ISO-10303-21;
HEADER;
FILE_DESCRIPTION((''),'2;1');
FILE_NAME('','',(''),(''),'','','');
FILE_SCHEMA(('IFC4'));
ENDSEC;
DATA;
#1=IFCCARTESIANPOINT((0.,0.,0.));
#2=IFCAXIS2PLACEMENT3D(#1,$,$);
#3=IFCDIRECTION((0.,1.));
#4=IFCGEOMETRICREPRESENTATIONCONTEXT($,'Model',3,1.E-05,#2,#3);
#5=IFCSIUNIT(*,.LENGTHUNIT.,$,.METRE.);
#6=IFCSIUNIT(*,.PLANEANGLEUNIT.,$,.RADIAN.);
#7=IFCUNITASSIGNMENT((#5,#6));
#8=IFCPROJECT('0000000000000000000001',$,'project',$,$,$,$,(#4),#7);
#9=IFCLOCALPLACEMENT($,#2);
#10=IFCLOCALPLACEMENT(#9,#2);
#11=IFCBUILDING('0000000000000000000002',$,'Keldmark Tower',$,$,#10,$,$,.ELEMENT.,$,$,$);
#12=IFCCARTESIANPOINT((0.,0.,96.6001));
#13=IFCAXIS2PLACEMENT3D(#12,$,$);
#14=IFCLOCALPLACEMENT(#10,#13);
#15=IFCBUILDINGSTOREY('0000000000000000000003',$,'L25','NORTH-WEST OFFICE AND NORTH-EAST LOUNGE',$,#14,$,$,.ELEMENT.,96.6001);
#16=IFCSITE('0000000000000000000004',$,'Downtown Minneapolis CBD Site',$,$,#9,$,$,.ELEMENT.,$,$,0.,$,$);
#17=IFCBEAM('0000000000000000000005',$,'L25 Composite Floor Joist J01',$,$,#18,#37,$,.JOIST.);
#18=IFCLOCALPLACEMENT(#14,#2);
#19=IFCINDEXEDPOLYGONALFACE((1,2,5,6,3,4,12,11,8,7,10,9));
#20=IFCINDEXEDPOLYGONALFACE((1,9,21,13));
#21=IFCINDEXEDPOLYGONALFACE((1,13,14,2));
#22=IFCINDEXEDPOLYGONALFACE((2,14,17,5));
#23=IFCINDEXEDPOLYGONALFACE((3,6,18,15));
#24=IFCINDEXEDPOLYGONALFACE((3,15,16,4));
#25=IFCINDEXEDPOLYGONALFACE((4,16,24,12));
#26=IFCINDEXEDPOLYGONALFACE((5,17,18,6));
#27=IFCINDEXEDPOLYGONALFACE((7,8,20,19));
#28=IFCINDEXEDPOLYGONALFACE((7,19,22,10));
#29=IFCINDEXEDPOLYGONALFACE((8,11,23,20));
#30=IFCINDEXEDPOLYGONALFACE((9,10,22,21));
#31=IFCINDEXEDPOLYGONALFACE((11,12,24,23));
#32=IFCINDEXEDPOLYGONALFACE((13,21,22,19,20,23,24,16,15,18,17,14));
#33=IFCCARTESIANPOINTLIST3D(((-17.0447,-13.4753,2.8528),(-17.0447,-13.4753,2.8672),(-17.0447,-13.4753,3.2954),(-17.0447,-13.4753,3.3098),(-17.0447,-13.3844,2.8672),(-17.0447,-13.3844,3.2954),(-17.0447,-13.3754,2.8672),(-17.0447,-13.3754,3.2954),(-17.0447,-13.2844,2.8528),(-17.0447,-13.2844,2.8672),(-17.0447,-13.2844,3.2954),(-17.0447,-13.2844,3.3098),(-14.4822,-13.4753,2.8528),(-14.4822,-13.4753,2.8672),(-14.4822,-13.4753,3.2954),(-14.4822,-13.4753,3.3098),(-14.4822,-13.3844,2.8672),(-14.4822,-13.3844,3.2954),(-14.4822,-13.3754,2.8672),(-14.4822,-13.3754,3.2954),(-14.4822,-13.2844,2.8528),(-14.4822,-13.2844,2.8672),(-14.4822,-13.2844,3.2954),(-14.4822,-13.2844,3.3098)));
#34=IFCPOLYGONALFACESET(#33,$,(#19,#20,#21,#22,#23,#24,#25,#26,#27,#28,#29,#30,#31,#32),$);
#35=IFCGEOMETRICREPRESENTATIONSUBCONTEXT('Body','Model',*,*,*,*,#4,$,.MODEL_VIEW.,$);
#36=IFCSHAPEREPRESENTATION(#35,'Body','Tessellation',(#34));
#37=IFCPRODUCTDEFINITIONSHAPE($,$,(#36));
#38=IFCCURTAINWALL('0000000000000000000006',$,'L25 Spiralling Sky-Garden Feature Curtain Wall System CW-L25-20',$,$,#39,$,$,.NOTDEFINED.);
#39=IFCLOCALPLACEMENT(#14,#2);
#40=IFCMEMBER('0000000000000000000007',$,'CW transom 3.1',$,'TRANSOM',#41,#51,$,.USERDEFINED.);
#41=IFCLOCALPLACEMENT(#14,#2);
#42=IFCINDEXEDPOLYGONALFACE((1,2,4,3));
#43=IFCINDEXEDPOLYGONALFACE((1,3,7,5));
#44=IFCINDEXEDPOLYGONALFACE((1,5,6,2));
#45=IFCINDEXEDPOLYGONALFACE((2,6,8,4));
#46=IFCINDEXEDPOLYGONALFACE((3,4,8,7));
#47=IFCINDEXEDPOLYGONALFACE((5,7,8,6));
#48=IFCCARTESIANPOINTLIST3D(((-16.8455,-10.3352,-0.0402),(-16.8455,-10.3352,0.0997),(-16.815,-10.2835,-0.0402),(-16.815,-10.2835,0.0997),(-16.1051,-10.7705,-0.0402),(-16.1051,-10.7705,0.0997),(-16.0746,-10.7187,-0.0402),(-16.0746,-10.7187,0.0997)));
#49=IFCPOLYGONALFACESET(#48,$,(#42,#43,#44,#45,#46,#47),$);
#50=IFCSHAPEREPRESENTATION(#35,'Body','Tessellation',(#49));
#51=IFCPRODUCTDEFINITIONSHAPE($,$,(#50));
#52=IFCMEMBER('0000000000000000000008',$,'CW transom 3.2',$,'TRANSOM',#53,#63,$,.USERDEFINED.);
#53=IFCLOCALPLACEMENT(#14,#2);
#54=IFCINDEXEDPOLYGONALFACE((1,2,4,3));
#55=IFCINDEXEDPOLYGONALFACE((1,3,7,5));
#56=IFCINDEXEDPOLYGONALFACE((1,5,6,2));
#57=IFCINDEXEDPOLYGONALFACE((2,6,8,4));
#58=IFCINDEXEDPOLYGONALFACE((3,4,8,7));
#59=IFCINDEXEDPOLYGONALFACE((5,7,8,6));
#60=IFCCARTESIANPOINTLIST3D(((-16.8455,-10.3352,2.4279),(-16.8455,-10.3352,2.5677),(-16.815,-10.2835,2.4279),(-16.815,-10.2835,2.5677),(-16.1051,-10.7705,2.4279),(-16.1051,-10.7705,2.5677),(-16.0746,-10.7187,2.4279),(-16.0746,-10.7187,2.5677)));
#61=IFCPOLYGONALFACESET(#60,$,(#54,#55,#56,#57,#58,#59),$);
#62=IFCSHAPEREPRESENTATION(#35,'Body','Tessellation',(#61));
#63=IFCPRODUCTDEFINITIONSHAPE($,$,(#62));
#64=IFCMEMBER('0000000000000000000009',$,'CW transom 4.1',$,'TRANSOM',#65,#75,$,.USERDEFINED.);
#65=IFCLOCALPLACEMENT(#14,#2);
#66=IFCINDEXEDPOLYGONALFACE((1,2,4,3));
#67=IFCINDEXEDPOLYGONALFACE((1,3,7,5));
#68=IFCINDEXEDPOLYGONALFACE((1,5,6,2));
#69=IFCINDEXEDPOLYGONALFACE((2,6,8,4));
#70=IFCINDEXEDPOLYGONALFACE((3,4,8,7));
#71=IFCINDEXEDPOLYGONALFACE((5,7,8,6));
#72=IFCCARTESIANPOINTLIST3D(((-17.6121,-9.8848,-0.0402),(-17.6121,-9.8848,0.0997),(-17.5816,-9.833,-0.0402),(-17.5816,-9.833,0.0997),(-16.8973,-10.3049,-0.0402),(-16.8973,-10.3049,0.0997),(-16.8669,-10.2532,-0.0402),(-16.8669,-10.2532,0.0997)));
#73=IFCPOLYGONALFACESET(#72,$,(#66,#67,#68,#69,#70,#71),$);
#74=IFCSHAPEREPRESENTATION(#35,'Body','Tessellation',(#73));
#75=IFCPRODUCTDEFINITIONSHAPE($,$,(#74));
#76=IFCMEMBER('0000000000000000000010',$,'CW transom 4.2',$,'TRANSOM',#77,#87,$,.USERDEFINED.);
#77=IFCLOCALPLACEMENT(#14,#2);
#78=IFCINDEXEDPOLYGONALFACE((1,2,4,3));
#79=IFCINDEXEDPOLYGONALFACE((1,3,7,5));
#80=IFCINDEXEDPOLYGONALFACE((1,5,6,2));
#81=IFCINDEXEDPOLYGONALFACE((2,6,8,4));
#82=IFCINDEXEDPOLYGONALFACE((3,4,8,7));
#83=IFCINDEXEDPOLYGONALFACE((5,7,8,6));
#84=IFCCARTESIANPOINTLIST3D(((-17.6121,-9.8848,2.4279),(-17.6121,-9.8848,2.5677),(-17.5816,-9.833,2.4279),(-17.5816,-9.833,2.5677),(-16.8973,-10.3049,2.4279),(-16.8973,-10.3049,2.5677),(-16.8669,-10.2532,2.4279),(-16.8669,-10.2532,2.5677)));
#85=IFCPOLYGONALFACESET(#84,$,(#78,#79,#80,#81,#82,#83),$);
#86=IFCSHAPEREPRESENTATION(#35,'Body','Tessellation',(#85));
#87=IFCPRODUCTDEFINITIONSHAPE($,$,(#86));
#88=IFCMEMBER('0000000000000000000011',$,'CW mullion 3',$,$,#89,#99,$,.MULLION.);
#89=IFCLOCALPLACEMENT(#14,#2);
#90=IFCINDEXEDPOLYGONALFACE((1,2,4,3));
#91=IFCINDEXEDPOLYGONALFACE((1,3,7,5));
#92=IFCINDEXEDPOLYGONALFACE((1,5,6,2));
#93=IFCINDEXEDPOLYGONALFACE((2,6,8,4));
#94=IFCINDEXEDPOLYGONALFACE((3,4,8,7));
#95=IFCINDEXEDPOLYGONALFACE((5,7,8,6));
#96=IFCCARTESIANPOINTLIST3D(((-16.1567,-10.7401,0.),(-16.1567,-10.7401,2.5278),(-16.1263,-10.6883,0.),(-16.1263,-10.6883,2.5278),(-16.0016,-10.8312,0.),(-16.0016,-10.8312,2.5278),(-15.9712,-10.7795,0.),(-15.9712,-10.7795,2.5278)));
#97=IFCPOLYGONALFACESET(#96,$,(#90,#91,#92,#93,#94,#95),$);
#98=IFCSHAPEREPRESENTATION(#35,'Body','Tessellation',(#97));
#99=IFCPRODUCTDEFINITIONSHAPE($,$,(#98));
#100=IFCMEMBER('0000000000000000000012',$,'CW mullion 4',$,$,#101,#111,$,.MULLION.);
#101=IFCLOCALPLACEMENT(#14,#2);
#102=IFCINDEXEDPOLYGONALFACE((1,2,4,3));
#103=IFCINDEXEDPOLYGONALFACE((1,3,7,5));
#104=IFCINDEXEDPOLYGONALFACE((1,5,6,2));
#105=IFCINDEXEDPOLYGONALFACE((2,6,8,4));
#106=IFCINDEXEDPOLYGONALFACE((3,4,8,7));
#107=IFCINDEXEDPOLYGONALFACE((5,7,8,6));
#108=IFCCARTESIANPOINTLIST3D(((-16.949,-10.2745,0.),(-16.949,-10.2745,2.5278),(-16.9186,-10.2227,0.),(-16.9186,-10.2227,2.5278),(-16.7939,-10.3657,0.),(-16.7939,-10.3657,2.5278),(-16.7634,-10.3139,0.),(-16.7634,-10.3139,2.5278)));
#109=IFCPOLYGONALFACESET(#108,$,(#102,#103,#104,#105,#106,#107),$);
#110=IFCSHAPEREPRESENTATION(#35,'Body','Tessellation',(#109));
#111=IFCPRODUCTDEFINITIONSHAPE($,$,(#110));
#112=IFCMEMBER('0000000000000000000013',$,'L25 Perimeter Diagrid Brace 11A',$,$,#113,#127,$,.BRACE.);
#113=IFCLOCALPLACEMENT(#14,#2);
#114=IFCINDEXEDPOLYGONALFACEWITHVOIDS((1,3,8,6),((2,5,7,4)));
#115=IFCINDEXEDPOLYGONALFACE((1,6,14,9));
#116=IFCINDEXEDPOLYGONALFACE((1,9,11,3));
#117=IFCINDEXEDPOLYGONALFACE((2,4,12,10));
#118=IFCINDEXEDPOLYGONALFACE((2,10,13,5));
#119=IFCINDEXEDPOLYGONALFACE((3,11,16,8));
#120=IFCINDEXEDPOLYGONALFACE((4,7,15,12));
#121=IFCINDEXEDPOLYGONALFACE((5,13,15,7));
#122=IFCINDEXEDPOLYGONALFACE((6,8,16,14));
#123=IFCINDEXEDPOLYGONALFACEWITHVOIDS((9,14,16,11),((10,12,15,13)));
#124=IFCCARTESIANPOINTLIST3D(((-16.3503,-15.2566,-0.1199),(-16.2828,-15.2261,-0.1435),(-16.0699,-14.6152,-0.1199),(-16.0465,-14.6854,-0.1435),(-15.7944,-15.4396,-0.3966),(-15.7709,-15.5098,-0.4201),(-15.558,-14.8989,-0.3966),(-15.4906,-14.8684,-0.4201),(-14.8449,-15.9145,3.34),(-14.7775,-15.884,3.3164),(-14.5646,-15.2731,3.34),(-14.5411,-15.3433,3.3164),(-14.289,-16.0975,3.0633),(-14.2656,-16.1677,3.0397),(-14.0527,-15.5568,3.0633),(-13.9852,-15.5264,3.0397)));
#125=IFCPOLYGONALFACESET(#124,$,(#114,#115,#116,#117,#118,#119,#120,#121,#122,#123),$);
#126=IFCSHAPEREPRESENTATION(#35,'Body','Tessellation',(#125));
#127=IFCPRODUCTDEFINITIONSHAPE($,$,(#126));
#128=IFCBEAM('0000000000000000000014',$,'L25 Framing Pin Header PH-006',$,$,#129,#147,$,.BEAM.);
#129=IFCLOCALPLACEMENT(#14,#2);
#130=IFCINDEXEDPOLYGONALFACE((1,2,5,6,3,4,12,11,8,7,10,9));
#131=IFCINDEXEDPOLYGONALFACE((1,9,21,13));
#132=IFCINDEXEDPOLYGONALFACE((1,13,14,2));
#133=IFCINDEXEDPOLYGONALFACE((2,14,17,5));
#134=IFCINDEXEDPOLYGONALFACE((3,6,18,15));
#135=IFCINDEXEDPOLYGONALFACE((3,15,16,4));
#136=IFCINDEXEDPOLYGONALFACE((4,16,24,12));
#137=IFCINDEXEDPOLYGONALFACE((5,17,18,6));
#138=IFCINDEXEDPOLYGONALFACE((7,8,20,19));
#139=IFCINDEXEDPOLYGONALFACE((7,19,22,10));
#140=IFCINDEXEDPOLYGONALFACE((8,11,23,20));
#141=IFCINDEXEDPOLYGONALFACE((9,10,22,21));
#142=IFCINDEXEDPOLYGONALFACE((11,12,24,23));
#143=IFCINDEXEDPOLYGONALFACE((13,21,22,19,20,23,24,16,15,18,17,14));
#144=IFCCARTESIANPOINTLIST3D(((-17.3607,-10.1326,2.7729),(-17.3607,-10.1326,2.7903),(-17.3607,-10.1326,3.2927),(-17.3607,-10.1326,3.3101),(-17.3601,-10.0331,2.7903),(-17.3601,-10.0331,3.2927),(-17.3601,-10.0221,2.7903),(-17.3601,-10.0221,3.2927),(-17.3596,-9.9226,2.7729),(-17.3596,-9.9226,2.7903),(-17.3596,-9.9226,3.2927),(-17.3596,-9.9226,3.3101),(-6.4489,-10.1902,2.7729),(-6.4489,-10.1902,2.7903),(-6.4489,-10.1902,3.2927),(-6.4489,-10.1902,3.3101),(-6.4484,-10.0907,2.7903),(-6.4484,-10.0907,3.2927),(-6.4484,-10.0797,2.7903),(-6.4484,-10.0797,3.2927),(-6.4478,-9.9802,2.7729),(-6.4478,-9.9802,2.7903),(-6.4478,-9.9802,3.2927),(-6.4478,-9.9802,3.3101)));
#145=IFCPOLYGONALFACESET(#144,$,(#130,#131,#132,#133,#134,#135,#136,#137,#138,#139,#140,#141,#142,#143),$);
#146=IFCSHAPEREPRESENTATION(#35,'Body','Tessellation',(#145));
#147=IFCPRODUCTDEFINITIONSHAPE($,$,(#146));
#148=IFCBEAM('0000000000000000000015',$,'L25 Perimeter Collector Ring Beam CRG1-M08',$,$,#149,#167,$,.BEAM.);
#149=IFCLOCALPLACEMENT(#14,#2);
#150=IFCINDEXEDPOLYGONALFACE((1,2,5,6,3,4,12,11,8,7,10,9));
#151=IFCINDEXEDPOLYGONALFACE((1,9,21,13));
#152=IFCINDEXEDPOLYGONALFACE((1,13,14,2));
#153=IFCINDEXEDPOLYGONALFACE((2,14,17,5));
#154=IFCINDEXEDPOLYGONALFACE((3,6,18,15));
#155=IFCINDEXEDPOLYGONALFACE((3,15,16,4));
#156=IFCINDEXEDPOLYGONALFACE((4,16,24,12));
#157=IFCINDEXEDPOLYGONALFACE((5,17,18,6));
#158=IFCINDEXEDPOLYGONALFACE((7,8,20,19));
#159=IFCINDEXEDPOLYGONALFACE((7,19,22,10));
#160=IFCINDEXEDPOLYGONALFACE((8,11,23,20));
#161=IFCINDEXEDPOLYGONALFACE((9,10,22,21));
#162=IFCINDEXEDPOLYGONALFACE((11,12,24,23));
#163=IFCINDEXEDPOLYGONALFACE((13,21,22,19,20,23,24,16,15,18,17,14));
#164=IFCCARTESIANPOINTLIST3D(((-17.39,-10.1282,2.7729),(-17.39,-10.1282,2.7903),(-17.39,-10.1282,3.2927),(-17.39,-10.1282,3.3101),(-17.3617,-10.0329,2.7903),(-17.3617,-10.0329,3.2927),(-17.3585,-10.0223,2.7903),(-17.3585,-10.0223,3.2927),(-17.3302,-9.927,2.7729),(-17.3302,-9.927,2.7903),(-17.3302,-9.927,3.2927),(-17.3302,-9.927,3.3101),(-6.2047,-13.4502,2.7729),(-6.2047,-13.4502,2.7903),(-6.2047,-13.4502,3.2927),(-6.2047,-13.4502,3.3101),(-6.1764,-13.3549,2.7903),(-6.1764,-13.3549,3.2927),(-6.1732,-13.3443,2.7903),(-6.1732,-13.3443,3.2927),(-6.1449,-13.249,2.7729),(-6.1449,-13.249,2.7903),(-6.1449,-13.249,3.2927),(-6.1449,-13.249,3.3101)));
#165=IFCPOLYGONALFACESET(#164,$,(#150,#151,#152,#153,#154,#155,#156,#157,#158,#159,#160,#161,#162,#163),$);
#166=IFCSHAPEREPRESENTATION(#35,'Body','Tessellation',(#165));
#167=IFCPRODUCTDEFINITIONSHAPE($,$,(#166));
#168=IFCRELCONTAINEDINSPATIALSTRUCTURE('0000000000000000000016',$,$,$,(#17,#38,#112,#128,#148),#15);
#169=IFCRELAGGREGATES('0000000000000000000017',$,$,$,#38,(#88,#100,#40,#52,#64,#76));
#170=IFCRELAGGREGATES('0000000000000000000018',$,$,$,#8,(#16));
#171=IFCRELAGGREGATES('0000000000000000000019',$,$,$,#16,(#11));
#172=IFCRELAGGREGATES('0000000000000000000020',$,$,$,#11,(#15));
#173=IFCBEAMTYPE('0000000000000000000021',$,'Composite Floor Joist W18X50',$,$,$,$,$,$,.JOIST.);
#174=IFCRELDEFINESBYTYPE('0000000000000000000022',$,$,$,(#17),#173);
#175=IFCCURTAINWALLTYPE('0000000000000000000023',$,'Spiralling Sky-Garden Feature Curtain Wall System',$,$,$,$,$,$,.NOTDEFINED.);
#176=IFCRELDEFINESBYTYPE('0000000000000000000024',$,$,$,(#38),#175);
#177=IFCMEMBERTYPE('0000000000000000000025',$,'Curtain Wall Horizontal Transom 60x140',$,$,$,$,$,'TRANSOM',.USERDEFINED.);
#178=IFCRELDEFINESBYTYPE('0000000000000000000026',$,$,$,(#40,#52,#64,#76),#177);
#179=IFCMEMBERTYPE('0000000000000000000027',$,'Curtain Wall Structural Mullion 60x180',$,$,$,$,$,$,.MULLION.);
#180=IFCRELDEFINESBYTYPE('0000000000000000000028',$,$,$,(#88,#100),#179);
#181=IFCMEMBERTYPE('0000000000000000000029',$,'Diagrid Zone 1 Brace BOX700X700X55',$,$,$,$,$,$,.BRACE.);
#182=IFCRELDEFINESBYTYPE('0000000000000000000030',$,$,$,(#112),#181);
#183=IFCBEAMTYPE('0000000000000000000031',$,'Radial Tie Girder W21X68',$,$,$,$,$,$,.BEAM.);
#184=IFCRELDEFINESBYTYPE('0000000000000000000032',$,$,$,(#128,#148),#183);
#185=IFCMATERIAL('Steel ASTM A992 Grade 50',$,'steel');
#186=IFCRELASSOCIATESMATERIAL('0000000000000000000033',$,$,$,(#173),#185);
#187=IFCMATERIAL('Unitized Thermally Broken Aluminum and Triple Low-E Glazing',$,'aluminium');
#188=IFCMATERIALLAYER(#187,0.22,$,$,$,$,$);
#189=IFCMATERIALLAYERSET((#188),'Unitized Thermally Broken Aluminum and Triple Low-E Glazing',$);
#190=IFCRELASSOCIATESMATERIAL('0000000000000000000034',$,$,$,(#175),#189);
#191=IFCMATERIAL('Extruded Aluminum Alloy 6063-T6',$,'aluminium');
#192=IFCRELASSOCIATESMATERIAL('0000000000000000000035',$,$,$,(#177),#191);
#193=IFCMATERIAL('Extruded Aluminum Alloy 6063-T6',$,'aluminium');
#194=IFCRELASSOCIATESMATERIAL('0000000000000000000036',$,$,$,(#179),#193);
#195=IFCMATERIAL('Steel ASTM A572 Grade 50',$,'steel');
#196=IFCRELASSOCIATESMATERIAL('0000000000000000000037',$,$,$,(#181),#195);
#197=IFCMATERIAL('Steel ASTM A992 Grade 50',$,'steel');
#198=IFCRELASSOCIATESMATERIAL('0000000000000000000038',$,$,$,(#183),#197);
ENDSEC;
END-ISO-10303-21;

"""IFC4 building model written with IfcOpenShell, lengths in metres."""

from ifc_helpers import new_model, si_unit, direction, frame, origin, origin_2d, place, context, subcontext, project, spatial, rectangle, hollow_rectangle, i_section, extrude, material, layer, layer_set, material_profile, profile_set, type_object, element, aggregate, save


model = new_model("IFC4")

# Units and contexts
model_context = context("Model", 3, precision=1e-05, world=origin(), true_north=direction((0.0, 1.0)))
body_context = subcontext(model_context, "Body", "Model", "MODEL_VIEW")
ifc_project = project(units=[si_unit("LENGTHUNIT", "METRE"), si_unit("PLANEANGLEUNIT", "RADIAN")], contexts=[model_context])

# Site, building, storey
site_placement = place(None, origin())
site = spatial("IfcSite", under=ifc_project, at=site_placement, Name="Downtown Minneapolis CBD Site", CompositionType="ELEMENT", RefElevation=0.0)
building_placement = place(site_placement, origin())
building = spatial("IfcBuilding", under=site, at=building_placement, Name="Keldmark Tower", CompositionType="ELEMENT")
storey_placement = place(building_placement, frame((0.0, 0.0, 96.6001)))
storey = spatial("IfcBuildingStorey", under=building, at=storey_placement, Name="L25", Description="NORTH-WEST OFFICE AND NORTH-EAST LOUNGE", CompositionType="ELEMENT", Elevation=96.6001)

# Beam
ifc_material_1 = material(Name="Steel ASTM A992 Grade 50", Category="steel")
ifc_material_profile_1 = material_profile(ifc_material_1, i_section(OverallWidth=0.1909, OverallDepth=0.457, WebThickness=0.009, FlangeThickness=0.0144, at=origin_2d()), Name="W18X50")
ifc_profile_set_1 = profile_set([ifc_material_profile_1], Name="Steel ASTM A992 Grade 50")
beam_type_1 = type_object("IfcBeamType", Name="Composite Floor Joist W18X50", PredefinedType="JOIST", material=ifc_profile_set_1)
beam_1_placement = place(storey_placement, frame((-17.0447, -13.3799, 3.0813), z_axis=(1.0, 0.0, 0.0), x_axis=(0.0, 1.0, 0.0)))
element("IfcBeam", 1, at=beam_1_placement, inside=storey, type_object=beam_type_1, Name="L25 Composite Floor Joist J01", PredefinedType="JOIST", context=body_context, shape_type="SweptSolid", body=[
    extrude(i_section(OverallWidth=0.1909, OverallDepth=0.457, WebThickness=0.009, FlangeThickness=0.0144, at=origin_2d()), origin(), (0.0, 0.0, 1.0), 2.5625),
])

# Curtain wall, members
ifc_material_2 = material(Name="Unitized Thermally Broken Aluminum and Triple Low-E Glazing", Category="aluminium")
ifc_layer_1 = layer(ifc_material_2, 0.22)
ifc_layer_set_1 = layer_set([ifc_layer_1], Name="Unitized Thermally Broken Aluminum and Triple Low-E Glazing")
curtain_wall_type = type_object("IfcCurtainWallType", Name="Spiralling Sky-Garden Feature Curtain Wall System", PredefinedType="NOTDEFINED", material=ifc_layer_set_1)
curtain_wall_placement = place(storey_placement, origin())
curtain_wall = element("IfcCurtainWall", 2, at=curtain_wall_placement, inside=storey, type_object=curtain_wall_type, Name="L25 Spiralling Sky-Garden Feature Curtain Wall System CW-L25-20", PredefinedType="NOTDEFINED")
ifc_material_3 = material(Name="Extruded Aluminum Alloy 6063-T6", Category="aluminium")
ifc_material_profile_2 = material_profile(ifc_material_3, rectangle(XDim=0.0601, YDim=0.1399, at=origin_2d()), Name="CWT60X140")
ifc_profile_set_2 = profile_set([ifc_material_profile_2], Name="Extruded Aluminum Alloy 6063-T6")
member_type_1 = type_object("IfcMemberType", Name="Curtain Wall Horizontal Transom 60x140", ElementType="TRANSOM", PredefinedType="USERDEFINED", material=ifc_profile_set_2)
member_1_placement = place(storey_placement, frame((-16.0898, -10.7446, 0.0298), z_axis=(-0.862073, 0.506784, 0.0), x_axis=(-0.506784, -0.862073, 0.0)))
member_1 = element("IfcMember", 3, at=member_1_placement, type_object=member_type_1, Name="CW transom 3.1", ObjectType="TRANSOM", PredefinedType="USERDEFINED", context=body_context, shape_type="SweptSolid", body=[
    extrude(rectangle(XDim=0.0601, YDim=0.1399, at=origin_2d()), origin(), (0.0, 0.0, 1.0), 0.8589),
])
member_2_placement = place(storey_placement, frame((-16.0898, -10.7446, 2.4978), z_axis=(-0.862073, 0.506784, 0.0), x_axis=(-0.506784, -0.862073, 0.0)))
member_2 = element("IfcMember", 4, at=member_2_placement, type_object=member_type_1, Name="CW transom 3.2", ObjectType="TRANSOM", PredefinedType="USERDEFINED", context=body_context, shape_type="SweptSolid", body=[
    extrude(rectangle(XDim=0.0601, YDim=0.1399, at=origin_2d()), origin(), (0.0, 0.0, 1.0), 0.8589),
])
member_3_placement = place(storey_placement, frame((-16.8821, -10.2791, 0.0298), z_axis=(-0.862108, 0.506724, 0.0), x_axis=(-0.506724, -0.862108, 0.0)))
member_3 = element("IfcMember", 5, at=member_3_placement, type_object=member_type_1, Name="CW transom 4.1", ObjectType="TRANSOM", PredefinedType="USERDEFINED", context=body_context, shape_type="SweptSolid", body=[
    extrude(rectangle(XDim=0.0601, YDim=0.1399, at=origin_2d()), origin(), (0.0, 0.0, 1.0), 0.8291),
])
member_4_placement = place(storey_placement, frame((-16.8821, -10.2791, 2.4978), z_axis=(-0.862108, 0.506724, 0.0), x_axis=(-0.506724, -0.862108, 0.0)))
member_4 = element("IfcMember", 6, at=member_4_placement, type_object=member_type_1, Name="CW transom 4.2", ObjectType="TRANSOM", PredefinedType="USERDEFINED", context=body_context, shape_type="SweptSolid", body=[
    extrude(rectangle(XDim=0.0601, YDim=0.1399, at=origin_2d()), origin(), (0.0, 0.0, 1.0), 0.8291),
])
ifc_material_4 = material(Name="Extruded Aluminum Alloy 6063-T6", Category="aluminium")
ifc_material_profile_3 = material_profile(ifc_material_4, rectangle(XDim=0.0601, YDim=0.1799, at=origin_2d()), Name="CWM60X180")
ifc_profile_set_3 = profile_set([ifc_material_profile_3], Name="Extruded Aluminum Alloy 6063-T6")
member_type_2 = type_object("IfcMemberType", Name="Curtain Wall Structural Mullion 60x180", PredefinedType="MULLION", material=ifc_profile_set_3)
member_5_placement = place(storey_placement, frame((-16.064, -10.7598, 0.0), z_axis=(0.0, 0.0, 1.0), x_axis=(-0.506662, -0.862145, 0.0)))
member_5 = element("IfcMember", 7, at=member_5_placement, type_object=member_type_2, Name="CW mullion 3", PredefinedType="MULLION", context=body_context, shape_type="SweptSolid", body=[
    extrude(rectangle(XDim=0.0601, YDim=0.1799, at=origin_2d()), origin(), (0.0, 0.0, 1.0), 2.5278),
])
member_6_placement = place(storey_placement, frame((-16.8562, -10.2942, 0.0), z_axis=(0.0, 0.0, 1.0), x_axis=(-0.506662, -0.862145, 0.0)))
member_6 = element("IfcMember", 8, at=member_6_placement, type_object=member_type_2, Name="CW mullion 4", PredefinedType="MULLION", context=body_context, shape_type="SweptSolid", body=[
    extrude(rectangle(XDim=0.0601, YDim=0.1799, at=origin_2d()), origin(), (0.0, 0.0, 1.0), 2.5278),
])

# Member
ifc_material_5 = material(Name="Steel ASTM A572 Grade 50", Category="steel")
ifc_material_profile_4 = material_profile(ifc_material_5, hollow_rectangle(XDim=0.7, YDim=0.7, WallThickness=0.0549, at=origin_2d()), Name="BOX700X700X55")
ifc_profile_set_4 = profile_set([ifc_material_profile_4], Name="Steel ASTM A572 Grade 50")
member_type_3 = type_object("IfcMemberType", Name="Diagrid Zone 1 Brace BOX700X700X55", PredefinedType="BRACE", material=ifc_profile_set_4)
member_7_placement = place(storey_placement, frame((-15.9204, -15.0625, -0.27), z_axis=(0.393027, -0.171782, 0.903338), x_axis=(0.400491, 0.916301, 0.0)))
element("IfcMember", 9, at=member_7_placement, inside=storey, type_object=member_type_3, Name="L25 Perimeter Diagrid Brace 11A", PredefinedType="BRACE", context=body_context, shape_type="SweptSolid", body=[
    extrude(hollow_rectangle(XDim=0.7, YDim=0.7, WallThickness=0.0549, at=origin_2d()), origin(), (0.0, 0.0, 1.0), 3.8301),
])

# Beams
ifc_material_6 = material(Name="Steel ASTM A992 Grade 50", Category="steel")
ifc_material_profile_5 = material_profile(ifc_material_6, i_section(OverallWidth=0.21, OverallDepth=0.5371, WebThickness=0.011, FlangeThickness=0.0173, at=origin_2d()), Name="W21X68")
ifc_profile_set_5 = profile_set([ifc_material_profile_5], Name="Steel ASTM A992 Grade 50")
beam_type_2 = type_object("IfcBeamType", Name="Radial Tie Girder W21X68", PredefinedType="BEAM", material=ifc_profile_set_5)
beam_2_placement = place(storey_placement, frame((-17.3601, -10.0276, 3.0415), z_axis=(0.999986, -0.00528, 0.0), x_axis=(0.00528, 0.999986, 0.0)))
element("IfcBeam", 10, at=beam_2_placement, inside=storey, type_object=beam_type_2, Name="L25 Framing Pin Header PH-006", PredefinedType="BEAM", context=body_context, shape_type="SweptSolid", body=[
    extrude(i_section(OverallWidth=0.21, OverallDepth=0.5371, WebThickness=0.011, FlangeThickness=0.0173, at=origin_2d()), origin(), (0.0, 0.0, 1.0), 10.9119),
])
beam_3_placement = place(storey_placement, frame((-17.3601, -10.0276, 3.0415), z_axis=(0.958614, -0.284707, 0.0), x_axis=(0.284707, 0.958614, 0.0)))
element("IfcBeam", 11, at=beam_3_placement, inside=storey, type_object=beam_type_2, Name="L25 Perimeter Collector Ring Beam CRG1-M08", PredefinedType="BEAM", context=body_context, shape_type="SweptSolid", body=[
    extrude(i_section(OverallWidth=0.21, OverallDepth=0.5371, WebThickness=0.011, FlangeThickness=0.0173, at=origin_2d()), origin(), (0.0, 0.0, 1.0), 11.6682),
])

aggregate(curtain_wall, [member_5, member_6, member_1, member_2, member_3, member_4])

save(model, "model.ifc")
